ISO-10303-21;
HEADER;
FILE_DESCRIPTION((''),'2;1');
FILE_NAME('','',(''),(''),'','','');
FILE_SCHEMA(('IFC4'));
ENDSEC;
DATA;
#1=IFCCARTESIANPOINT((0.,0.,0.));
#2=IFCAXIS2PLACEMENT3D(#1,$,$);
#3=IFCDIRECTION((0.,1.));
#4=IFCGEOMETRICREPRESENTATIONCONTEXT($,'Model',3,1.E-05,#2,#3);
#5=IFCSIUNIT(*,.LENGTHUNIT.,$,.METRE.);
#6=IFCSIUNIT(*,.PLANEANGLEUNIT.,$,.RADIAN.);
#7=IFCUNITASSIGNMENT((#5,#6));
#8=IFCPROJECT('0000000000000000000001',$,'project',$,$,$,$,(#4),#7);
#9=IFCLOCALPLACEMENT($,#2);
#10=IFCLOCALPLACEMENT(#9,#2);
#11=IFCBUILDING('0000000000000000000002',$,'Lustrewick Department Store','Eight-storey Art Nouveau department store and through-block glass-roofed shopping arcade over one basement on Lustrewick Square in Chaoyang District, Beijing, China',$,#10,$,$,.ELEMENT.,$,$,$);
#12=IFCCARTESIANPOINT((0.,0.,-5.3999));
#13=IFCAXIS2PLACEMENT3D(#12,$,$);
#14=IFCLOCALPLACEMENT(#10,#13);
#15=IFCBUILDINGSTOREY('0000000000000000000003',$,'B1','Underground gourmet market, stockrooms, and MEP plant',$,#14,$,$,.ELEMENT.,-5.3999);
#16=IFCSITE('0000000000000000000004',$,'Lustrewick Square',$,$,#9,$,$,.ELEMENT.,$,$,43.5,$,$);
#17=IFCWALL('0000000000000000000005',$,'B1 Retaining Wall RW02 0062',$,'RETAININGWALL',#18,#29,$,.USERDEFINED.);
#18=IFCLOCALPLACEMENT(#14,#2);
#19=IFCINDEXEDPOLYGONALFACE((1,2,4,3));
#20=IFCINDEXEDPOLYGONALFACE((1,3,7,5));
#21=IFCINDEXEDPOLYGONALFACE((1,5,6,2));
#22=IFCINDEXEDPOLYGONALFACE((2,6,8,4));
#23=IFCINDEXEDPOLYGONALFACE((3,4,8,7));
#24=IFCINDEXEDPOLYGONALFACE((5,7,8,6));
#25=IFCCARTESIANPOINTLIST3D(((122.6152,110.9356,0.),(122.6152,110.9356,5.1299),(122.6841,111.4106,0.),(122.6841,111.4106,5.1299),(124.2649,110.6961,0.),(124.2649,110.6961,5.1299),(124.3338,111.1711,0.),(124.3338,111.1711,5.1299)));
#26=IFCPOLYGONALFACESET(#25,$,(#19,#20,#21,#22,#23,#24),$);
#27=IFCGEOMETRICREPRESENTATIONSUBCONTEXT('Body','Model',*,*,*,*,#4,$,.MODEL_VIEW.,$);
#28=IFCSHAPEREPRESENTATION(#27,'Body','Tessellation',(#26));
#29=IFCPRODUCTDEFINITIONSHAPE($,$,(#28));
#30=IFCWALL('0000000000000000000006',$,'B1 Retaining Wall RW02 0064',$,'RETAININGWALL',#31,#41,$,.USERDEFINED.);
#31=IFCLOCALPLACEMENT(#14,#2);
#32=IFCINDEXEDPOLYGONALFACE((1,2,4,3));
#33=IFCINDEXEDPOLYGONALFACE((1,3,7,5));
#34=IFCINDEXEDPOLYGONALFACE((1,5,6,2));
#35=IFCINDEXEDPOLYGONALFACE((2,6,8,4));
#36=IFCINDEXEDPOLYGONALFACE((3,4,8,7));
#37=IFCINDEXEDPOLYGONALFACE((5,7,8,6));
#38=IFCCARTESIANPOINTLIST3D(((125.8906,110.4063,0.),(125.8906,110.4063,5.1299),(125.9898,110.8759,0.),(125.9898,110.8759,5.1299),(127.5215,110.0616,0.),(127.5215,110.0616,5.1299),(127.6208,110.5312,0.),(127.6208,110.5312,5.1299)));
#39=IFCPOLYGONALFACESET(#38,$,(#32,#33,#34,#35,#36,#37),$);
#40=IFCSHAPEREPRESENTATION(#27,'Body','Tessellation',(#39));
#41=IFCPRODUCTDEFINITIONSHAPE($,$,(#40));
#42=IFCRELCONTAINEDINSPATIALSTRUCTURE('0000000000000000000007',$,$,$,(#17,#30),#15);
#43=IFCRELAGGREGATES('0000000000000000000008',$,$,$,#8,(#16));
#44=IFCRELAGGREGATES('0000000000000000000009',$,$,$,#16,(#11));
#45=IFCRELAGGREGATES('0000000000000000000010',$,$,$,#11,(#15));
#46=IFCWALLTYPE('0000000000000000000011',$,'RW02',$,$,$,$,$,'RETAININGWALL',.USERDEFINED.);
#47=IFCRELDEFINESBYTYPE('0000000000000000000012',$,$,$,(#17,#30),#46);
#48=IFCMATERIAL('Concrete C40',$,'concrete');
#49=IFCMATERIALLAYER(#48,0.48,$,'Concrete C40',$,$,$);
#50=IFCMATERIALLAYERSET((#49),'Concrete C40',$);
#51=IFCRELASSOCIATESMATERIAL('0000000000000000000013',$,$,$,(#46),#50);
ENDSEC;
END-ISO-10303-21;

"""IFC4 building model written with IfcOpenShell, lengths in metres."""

from ifc_helpers import new_model, si_unit, direction, frame, frame_2d, origin, place, context, subcontext, project, spatial, rectangle, extrude, material, layer, layer_set, type_object, element, save


model = new_model("IFC4")

# Units and contexts
model_context = context("Model", 3, precision=1e-05, world=origin(), true_north=direction((0.0, 1.0)))
body_context = subcontext(model_context, "Body", "Model", "MODEL_VIEW")
ifc_project = project(units=[si_unit("LENGTHUNIT", "METRE"), si_unit("PLANEANGLEUNIT", "RADIAN")], contexts=[model_context])

# Site, building, storey
site_placement = place(None, origin())
site = spatial("IfcSite", under=ifc_project, at=site_placement, Name="Lustrewick Square", CompositionType="ELEMENT", RefElevation=43.5)
building_placement = place(site_placement, origin())
building = spatial("IfcBuilding", under=site, at=building_placement, Name="Lustrewick Department Store", Description="Eight-storey Art Nouveau department store and through-block glass-roofed shopping arcade over one basement on Lustrewick Square in Chaoyang District, Beijing, China", CompositionType="ELEMENT")
storey_placement = place(building_placement, frame((0.0, 0.0, -5.3999)))
storey = spatial("IfcBuildingStorey", under=building, at=storey_placement, Name="B1", Description="Underground gourmet market, stockrooms, and MEP plant", CompositionType="ELEMENT", Elevation=-5.3999)

# Shared definitions
ifc_material_1 = material(Name="Concrete C40", Category="concrete")

# Walls
ifc_layer_1 = layer(ifc_material_1, 0.48, Name="Concrete C40")
ifc_layer_set_1 = layer_set([ifc_layer_1], Name="Concrete C40")
wall_type_1 = type_object("IfcWallType", Name="RW02", ElementType="RETAININGWALL", PredefinedType="USERDEFINED", material=ifc_layer_set_1)
for number, where, z_axis, x_axis, name in (
    (1, (122.6497, 111.1731, 0.0), (0.0, 0.0, 1.0), (0.989625, -0.143676, 0.0), "B1 Retaining Wall RW02 0062"),
    (2, (125.9402, 110.6411, 0.0), (0.0, 0.0, 1.0), (0.978382, -0.206808, 0.0), "B1 Retaining Wall RW02 0064"),
):
    element("IfcWall", number, at=place(storey_placement, frame(where, z_axis=z_axis, x_axis=x_axis)), inside=storey, type_object=wall_type_1, Name=name, ObjectType="RETAININGWALL", PredefinedType="USERDEFINED", context=body_context, shape_type="SweptSolid", body=[
        extrude(rectangle(XDim=1.667, YDim=0.48, at=frame_2d((0.8335, 0.0))), origin(), (0.0, 0.0, 1.0), 5.1299),
    ])

save(model, "model.ifc")
